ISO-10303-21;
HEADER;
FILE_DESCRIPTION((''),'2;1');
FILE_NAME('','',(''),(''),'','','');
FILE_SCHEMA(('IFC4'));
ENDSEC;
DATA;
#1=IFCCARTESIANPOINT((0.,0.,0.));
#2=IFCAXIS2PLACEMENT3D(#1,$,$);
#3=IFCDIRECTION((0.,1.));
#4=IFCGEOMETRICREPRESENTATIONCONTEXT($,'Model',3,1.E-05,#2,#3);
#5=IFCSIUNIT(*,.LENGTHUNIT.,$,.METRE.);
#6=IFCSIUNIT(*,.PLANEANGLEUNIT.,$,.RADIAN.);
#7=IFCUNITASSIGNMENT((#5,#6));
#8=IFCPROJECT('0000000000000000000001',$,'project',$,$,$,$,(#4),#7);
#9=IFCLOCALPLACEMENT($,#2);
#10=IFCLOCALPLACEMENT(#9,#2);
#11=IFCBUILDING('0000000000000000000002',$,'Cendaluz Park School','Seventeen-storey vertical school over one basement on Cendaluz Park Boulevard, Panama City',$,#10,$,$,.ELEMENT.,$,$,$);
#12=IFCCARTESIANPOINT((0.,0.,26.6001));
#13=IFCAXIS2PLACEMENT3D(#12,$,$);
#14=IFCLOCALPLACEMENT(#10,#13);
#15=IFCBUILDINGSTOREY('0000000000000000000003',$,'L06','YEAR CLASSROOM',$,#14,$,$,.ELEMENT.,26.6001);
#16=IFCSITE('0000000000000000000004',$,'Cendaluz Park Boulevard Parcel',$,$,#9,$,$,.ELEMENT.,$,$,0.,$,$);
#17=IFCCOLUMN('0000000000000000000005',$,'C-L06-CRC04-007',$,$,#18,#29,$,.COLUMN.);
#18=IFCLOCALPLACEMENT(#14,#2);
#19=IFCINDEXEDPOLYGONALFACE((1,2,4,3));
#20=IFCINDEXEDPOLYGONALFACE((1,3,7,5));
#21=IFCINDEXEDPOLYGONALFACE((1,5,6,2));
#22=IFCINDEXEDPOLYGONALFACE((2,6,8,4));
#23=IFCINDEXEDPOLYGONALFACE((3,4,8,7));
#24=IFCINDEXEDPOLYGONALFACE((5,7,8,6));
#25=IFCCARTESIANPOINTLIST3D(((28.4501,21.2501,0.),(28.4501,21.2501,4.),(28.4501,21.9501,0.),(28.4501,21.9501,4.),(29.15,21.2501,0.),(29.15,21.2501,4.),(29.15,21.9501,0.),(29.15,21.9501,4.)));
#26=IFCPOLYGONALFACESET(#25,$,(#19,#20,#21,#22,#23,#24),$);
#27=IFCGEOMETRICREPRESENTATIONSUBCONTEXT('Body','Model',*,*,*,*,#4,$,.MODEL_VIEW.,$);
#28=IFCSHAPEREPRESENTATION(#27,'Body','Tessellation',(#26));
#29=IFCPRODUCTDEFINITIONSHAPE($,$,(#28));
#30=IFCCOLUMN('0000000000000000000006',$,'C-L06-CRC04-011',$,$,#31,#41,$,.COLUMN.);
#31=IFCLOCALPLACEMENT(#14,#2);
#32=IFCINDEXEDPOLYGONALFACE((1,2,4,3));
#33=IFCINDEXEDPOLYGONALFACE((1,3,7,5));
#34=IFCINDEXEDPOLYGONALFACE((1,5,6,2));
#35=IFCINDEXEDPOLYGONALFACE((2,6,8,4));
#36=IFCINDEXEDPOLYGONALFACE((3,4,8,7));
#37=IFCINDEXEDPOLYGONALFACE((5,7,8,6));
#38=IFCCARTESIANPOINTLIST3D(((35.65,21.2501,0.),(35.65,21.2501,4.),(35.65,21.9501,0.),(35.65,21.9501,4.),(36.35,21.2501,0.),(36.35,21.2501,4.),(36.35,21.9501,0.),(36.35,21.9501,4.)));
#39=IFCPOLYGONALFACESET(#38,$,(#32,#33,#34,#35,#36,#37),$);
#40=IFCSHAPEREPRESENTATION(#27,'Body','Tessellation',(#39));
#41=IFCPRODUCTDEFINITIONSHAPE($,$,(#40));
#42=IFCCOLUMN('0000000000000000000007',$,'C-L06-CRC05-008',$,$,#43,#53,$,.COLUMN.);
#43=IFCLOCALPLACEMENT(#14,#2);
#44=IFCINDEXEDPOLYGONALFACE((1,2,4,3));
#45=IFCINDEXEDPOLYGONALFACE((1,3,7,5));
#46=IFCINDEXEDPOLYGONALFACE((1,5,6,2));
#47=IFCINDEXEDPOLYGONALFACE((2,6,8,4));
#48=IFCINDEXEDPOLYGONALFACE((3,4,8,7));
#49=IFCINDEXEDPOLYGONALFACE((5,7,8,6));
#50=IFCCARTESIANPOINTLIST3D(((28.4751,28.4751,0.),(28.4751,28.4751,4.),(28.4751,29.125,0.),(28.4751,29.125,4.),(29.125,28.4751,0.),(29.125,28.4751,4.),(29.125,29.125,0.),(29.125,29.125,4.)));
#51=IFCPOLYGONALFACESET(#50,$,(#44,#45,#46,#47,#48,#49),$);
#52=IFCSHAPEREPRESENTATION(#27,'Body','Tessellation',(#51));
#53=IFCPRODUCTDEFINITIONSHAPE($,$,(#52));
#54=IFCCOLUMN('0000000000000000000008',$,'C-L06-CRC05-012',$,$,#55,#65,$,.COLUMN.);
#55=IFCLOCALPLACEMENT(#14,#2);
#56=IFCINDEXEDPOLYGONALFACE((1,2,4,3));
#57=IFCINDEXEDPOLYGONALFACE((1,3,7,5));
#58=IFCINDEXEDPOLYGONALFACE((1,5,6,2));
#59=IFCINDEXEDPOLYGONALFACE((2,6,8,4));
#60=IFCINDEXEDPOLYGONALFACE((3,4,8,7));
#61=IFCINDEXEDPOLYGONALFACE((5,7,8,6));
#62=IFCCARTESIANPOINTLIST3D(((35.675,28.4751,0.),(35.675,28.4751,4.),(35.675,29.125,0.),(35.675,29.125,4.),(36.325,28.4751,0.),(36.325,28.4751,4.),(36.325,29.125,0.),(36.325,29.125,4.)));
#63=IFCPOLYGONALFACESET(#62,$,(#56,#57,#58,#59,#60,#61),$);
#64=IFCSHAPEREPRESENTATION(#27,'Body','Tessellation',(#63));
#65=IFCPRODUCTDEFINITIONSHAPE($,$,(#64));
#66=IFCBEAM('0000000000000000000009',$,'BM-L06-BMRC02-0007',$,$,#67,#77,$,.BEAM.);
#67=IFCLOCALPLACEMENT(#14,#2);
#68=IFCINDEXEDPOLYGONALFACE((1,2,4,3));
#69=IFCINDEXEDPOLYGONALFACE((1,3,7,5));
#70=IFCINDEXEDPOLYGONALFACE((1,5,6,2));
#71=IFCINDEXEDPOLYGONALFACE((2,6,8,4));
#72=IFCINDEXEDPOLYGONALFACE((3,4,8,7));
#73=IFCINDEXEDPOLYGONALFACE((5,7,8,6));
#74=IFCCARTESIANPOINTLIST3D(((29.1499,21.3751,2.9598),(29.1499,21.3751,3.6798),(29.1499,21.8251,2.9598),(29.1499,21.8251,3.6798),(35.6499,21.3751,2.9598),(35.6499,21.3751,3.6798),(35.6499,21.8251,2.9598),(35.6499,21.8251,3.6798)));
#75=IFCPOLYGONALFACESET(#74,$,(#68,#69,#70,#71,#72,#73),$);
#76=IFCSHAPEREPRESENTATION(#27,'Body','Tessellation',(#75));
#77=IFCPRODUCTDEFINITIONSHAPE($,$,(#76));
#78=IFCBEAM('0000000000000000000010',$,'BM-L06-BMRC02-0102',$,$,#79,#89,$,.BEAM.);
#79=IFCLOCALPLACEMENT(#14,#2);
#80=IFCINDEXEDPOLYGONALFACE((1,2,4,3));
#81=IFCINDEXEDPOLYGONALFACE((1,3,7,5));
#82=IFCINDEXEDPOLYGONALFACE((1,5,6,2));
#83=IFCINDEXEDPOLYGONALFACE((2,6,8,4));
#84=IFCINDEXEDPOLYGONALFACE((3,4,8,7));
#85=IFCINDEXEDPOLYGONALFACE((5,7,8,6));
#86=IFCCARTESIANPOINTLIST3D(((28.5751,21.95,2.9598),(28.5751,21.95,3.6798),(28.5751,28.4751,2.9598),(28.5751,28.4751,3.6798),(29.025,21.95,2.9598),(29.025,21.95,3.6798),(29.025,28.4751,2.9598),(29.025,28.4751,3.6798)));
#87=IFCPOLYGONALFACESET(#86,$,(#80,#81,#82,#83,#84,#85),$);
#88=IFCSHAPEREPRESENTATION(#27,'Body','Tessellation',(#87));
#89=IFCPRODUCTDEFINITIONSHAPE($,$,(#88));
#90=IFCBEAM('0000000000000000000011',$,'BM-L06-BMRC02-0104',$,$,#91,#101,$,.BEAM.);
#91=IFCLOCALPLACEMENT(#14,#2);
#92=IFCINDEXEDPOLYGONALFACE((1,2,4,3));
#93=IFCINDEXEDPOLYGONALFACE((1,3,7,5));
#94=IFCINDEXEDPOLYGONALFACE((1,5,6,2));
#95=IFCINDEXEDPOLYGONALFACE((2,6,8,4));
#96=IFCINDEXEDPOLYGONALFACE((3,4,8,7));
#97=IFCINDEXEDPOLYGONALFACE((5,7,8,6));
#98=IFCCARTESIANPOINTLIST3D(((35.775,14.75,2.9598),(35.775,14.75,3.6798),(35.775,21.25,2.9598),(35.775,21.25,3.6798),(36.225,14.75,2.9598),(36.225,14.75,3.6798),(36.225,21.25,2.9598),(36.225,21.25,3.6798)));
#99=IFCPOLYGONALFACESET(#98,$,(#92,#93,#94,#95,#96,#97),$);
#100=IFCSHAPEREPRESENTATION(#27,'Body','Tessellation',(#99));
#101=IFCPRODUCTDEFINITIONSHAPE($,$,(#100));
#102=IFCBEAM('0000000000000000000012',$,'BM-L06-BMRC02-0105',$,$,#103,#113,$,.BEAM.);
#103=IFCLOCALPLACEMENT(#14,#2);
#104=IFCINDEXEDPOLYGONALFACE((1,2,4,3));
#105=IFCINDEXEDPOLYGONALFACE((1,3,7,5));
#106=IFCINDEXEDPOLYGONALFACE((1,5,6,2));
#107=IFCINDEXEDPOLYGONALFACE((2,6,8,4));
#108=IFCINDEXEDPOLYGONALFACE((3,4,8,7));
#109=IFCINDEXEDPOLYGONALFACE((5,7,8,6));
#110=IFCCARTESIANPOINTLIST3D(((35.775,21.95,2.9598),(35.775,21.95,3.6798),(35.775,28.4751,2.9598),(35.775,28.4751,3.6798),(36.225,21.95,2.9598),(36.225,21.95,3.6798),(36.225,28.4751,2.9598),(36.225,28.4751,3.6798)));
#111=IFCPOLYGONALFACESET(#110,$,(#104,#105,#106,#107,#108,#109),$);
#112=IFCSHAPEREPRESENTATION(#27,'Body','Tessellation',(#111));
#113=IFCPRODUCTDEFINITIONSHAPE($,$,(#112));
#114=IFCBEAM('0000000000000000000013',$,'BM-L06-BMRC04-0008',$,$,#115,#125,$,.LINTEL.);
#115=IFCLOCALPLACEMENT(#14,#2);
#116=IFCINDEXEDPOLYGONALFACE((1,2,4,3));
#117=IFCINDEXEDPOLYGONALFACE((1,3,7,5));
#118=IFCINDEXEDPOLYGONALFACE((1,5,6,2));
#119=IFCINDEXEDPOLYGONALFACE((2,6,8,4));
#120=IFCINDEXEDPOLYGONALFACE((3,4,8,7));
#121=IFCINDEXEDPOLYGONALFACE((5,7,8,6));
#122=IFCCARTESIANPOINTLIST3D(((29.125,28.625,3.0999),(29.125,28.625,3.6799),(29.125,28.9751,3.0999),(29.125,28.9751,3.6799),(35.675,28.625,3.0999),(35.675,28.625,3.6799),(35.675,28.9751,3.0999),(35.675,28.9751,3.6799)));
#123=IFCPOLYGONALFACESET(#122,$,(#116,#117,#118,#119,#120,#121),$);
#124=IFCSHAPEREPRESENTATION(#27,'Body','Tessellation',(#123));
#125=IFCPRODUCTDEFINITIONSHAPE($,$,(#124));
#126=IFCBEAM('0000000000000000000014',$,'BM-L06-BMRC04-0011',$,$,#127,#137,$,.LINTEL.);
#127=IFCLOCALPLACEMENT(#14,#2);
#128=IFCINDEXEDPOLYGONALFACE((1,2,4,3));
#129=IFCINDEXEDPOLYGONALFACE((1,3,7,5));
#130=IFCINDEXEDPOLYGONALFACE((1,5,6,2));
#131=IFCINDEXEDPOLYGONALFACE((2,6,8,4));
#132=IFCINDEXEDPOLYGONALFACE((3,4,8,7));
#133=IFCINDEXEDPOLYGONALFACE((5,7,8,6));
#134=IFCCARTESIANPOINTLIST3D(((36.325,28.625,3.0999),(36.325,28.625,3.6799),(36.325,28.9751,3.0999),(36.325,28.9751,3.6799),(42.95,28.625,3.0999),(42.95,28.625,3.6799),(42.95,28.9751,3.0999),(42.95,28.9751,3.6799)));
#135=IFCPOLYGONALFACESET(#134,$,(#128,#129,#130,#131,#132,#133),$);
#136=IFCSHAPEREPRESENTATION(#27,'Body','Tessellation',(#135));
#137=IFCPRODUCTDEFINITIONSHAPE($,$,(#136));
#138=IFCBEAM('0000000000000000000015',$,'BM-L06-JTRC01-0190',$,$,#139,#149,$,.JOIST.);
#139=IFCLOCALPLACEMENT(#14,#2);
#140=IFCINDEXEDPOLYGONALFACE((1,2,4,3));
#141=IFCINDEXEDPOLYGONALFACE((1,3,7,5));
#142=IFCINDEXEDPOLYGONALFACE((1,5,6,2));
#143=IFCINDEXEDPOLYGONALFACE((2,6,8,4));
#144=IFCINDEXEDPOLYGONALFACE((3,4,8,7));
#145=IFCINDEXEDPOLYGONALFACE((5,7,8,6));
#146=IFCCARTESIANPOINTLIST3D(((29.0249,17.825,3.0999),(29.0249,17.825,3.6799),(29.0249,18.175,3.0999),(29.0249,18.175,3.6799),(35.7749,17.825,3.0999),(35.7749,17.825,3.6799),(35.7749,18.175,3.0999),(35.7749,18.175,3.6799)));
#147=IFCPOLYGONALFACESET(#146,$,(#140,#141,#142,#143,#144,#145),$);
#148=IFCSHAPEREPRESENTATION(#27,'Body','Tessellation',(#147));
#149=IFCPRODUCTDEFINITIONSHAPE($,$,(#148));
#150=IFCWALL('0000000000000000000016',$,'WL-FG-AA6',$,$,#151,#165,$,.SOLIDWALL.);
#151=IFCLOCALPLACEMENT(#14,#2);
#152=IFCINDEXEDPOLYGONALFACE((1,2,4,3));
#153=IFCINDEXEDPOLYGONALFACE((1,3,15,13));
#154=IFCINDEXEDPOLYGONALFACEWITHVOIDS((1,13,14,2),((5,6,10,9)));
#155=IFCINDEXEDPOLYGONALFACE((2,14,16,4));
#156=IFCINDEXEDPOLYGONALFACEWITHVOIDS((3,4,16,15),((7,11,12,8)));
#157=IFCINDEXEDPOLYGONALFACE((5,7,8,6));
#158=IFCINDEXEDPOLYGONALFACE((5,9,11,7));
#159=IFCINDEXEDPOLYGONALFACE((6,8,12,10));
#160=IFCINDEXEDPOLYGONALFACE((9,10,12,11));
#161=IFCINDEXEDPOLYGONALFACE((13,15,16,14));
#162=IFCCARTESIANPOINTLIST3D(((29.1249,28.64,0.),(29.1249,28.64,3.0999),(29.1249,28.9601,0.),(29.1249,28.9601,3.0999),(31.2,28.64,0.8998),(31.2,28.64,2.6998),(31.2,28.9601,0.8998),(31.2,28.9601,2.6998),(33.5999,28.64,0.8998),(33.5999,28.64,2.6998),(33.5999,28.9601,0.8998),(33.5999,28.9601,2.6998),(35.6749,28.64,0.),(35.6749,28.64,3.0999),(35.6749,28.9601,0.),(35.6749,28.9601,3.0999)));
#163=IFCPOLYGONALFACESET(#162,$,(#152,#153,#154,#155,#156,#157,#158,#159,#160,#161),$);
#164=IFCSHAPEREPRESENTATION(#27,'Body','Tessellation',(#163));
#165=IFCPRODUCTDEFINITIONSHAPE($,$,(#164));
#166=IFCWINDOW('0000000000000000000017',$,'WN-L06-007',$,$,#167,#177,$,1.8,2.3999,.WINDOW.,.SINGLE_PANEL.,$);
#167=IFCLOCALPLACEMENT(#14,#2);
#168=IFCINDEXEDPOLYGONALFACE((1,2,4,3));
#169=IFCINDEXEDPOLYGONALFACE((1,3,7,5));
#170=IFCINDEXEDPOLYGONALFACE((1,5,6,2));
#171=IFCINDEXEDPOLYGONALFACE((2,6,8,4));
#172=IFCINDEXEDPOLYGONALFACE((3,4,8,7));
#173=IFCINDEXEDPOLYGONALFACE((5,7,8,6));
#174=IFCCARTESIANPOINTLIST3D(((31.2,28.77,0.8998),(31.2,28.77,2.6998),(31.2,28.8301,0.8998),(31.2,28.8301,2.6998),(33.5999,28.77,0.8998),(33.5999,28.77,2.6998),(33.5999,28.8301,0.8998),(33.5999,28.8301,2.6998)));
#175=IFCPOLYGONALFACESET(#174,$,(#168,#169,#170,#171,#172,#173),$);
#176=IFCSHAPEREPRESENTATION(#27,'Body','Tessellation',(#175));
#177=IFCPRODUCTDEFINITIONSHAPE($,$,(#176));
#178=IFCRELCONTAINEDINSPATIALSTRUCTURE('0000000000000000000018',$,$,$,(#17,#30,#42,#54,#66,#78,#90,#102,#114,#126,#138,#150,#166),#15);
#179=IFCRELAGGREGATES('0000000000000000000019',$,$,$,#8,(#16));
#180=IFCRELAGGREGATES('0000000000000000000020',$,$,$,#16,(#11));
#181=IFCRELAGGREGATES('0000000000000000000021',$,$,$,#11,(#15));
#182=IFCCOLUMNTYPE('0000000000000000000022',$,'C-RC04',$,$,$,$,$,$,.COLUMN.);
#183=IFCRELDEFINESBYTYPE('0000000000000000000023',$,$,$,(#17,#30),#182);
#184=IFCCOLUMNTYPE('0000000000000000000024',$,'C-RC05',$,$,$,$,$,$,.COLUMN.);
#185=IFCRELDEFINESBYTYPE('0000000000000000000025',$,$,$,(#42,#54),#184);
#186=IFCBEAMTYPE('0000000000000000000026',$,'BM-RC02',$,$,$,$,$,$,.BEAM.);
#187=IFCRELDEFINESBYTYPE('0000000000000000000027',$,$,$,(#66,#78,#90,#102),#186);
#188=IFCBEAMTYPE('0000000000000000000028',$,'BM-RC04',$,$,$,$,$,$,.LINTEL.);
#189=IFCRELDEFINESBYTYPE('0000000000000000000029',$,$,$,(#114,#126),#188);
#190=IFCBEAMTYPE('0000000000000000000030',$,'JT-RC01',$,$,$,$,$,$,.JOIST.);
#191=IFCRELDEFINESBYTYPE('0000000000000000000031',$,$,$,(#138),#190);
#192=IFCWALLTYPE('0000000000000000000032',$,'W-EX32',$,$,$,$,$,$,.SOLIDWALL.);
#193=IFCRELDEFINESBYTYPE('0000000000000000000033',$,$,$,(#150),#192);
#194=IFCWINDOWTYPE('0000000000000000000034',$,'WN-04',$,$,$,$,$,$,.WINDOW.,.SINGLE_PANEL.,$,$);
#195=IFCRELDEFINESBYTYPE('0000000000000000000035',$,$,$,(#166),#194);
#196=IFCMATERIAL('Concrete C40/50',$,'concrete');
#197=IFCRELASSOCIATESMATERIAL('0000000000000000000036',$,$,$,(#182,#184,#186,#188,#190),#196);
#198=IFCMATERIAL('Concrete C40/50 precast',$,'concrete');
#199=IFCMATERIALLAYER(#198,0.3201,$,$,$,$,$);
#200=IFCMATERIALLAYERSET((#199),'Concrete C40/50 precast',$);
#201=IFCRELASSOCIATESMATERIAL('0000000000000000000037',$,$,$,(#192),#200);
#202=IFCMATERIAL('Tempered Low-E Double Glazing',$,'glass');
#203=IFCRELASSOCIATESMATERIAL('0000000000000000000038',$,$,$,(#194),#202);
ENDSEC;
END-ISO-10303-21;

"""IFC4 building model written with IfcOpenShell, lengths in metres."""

from ifc_helpers import new_model, si_unit, direction, frame, frame_2d, origin, origin_2d, place, context, subcontext, project, spatial, rectangle, extrude, material, layer, layer_set, material_profile, profile_set, type_object, element, fill, save


model = new_model("IFC4")

# Units and contexts
model_context = context("Model", 3, precision=1e-05, world=origin(), true_north=direction((0.0, 1.0)))
body_context = subcontext(model_context, "Body", "Model", "MODEL_VIEW")
ifc_project = project(units=[si_unit("LENGTHUNIT", "METRE"), si_unit("PLANEANGLEUNIT", "RADIAN")], contexts=[model_context])

# Site, building, storey
site_placement = place(None, origin())
site = spatial("IfcSite", under=ifc_project, at=site_placement, Name="Cendaluz Park Boulevard Parcel", CompositionType="ELEMENT", RefElevation=0.0)
building_placement = place(site_placement, origin())
building = spatial("IfcBuilding", under=site, at=building_placement, Name="Cendaluz Park School", Description="Seventeen-storey vertical school over one basement on Cendaluz Park Boulevard, Panama City", CompositionType="ELEMENT")
storey_placement = place(building_placement, frame((0.0, 0.0, 26.6001)))
storey = spatial("IfcBuildingStorey", under=building, at=storey_placement, Name="L06", Description="YEAR CLASSROOM", CompositionType="ELEMENT", Elevation=26.6001)

# Columns
ifc_material_1 = material(Name="Concrete C40/50", Category="concrete")
ifc_material_profile_1 = material_profile(ifc_material_1, rectangle(XDim=0.7, YDim=0.7, at=origin_2d()), Name="RC 700x700", Category="concrete")
ifc_profile_set_1 = profile_set([ifc_material_profile_1], Name="Concrete C40/50")
column_type_1 = type_object("IfcColumnType", Name="C-RC04", PredefinedType="COLUMN", material=ifc_profile_set_1)
for number, where, z_axis, x_axis, name in (
    (1, (28.8, 21.6001, 0.0), (0.0, 0.0, 1.0), (1.0, 0.0, 0.0), "C-L06-CRC04-007"),
    (2, (36.0, 21.6001, 0.0), (0.0, 0.0, 1.0), (1.0, 0.0, 0.0), "C-L06-CRC04-011"),
):
    element("IfcColumn", number, at=place(storey_placement, frame(where, z_axis=z_axis, x_axis=x_axis)), inside=storey, type_object=column_type_1, Name=name, PredefinedType="COLUMN", context=body_context, shape_type="SweptSolid", body=[
        extrude(rectangle(XDim=0.7, YDim=0.7, at=origin_2d()), origin(), (0.0, 0.0, 1.0), 4.0),
    ])
ifc_material_profile_2 = material_profile(ifc_material_1, rectangle(XDim=0.6499, YDim=0.6499, at=origin_2d()), Name="RC 650x650", Category="concrete")
ifc_profile_set_2 = profile_set([ifc_material_profile_2], Name="Concrete C40/50")
column_type_2 = type_object("IfcColumnType", Name="C-RC05", PredefinedType="COLUMN", material=ifc_profile_set_2)
for number, where, z_axis, x_axis, name in (
    (3, (28.8, 28.8, 0.0), (0.0, 0.0, 1.0), (1.0, 0.0, 0.0), "C-L06-CRC05-008"),
    (4, (36.0, 28.8, 0.0), (0.0, 0.0, 1.0), (1.0, 0.0, 0.0), "C-L06-CRC05-012"),
):
    element("IfcColumn", number, at=place(storey_placement, frame(where, z_axis=z_axis, x_axis=x_axis)), inside=storey, type_object=column_type_2, Name=name, PredefinedType="COLUMN", context=body_context, shape_type="SweptSolid", body=[
        extrude(rectangle(XDim=0.6499, YDim=0.6499, at=origin_2d()), origin(), (0.0, 0.0, 1.0), 4.0),
    ])

# Beams
ifc_material_profile_3 = material_profile(ifc_material_1, rectangle(XDim=0.45, YDim=0.72, at=origin_2d()), Name="RC 450x720", Category="concrete")
ifc_profile_set_3 = profile_set([ifc_material_profile_3], Name="Concrete C40/50")
beam_type_1 = type_object("IfcBeamType", Name="BM-RC02", PredefinedType="BEAM", material=ifc_profile_set_3)
beam_1_placement = place(storey_placement, frame((29.1499, 21.6001, 3.3198), z_axis=(1.0, 0.0, 0.0), x_axis=(0.0, 1.0, 0.0)))
element("IfcBeam", 5, at=beam_1_placement, inside=storey, type_object=beam_type_1, Name="BM-L06-BMRC02-0007", PredefinedType="BEAM", context=body_context, shape_type="SweptSolid", body=[
    extrude(rectangle(XDim=0.45, YDim=0.72, at=origin_2d()), origin(), (0.0, 0.0, 1.0), 6.5),
])
beam_2_placement = place(storey_placement, frame((28.8, 21.95, 3.3198), z_axis=(0.0, 1.0, 0.0), x_axis=(-1.0, 0.0, 0.0)))
element("IfcBeam", 6, at=beam_2_placement, inside=storey, type_object=beam_type_1, Name="BM-L06-BMRC02-0102", PredefinedType="BEAM", context=body_context, shape_type="SweptSolid", body=[
    extrude(rectangle(XDim=0.45, YDim=0.72, at=origin_2d()), origin(), (0.0, 0.0, 1.0), 6.5251),
])
beam_3_placement = place(storey_placement, frame((36.0, 14.75, 3.3198), z_axis=(0.0, 1.0, 0.0), x_axis=(-1.0, 0.0, 0.0)))
element("IfcBeam", 7, at=beam_3_placement, inside=storey, type_object=beam_type_1, Name="BM-L06-BMRC02-0104", PredefinedType="BEAM", context=body_context, shape_type="SweptSolid", body=[
    extrude(rectangle(XDim=0.45, YDim=0.72, at=origin_2d()), origin(), (0.0, 0.0, 1.0), 6.5),
])
beam_4_placement = place(storey_placement, frame((36.0, 21.95, 3.3198), z_axis=(0.0, 1.0, 0.0), x_axis=(-1.0, 0.0, 0.0)))
element("IfcBeam", 8, at=beam_4_placement, inside=storey, type_object=beam_type_1, Name="BM-L06-BMRC02-0105", PredefinedType="BEAM", context=body_context, shape_type="SweptSolid", body=[
    extrude(rectangle(XDim=0.45, YDim=0.72, at=origin_2d()), origin(), (0.0, 0.0, 1.0), 6.5251),
])
ifc_material_profile_4 = material_profile(ifc_material_1, rectangle(XDim=0.3501, YDim=0.5801, at=origin_2d()), Name="RC 350x580", Category="concrete")
ifc_profile_set_4 = profile_set([ifc_material_profile_4], Name="Concrete C40/50")
beam_type_2 = type_object("IfcBeamType", Name="BM-RC04", PredefinedType="LINTEL", material=ifc_profile_set_4)
beam_5_placement = place(storey_placement, frame((29.125, 28.8, 3.3899), z_axis=(1.0, 0.0, 0.0), x_axis=(0.0, 1.0, 0.0)))
element("IfcBeam", 9, at=beam_5_placement, inside=storey, type_object=beam_type_2, Name="BM-L06-BMRC04-0008", PredefinedType="LINTEL", context=body_context, shape_type="SweptSolid", body=[
    extrude(rectangle(XDim=0.3501, YDim=0.5801, at=origin_2d()), origin(), (0.0, 0.0, 1.0), 6.55),
])
beam_6_placement = place(storey_placement, frame((36.325, 28.8, 3.3899), z_axis=(1.0, 0.0, 0.0), x_axis=(0.0, 1.0, 0.0)))
element("IfcBeam", 10, at=beam_6_placement, inside=storey, type_object=beam_type_2, Name="BM-L06-BMRC04-0011", PredefinedType="LINTEL", context=body_context, shape_type="SweptSolid", body=[
    extrude(rectangle(XDim=0.3501, YDim=0.5801, at=origin_2d()), origin(), (0.0, 0.0, 1.0), 6.625),
])
ifc_material_profile_5 = material_profile(ifc_material_1, rectangle(XDim=0.3501, YDim=0.5801, at=origin_2d()), Name="RC 350x580", Category="concrete")
ifc_profile_set_5 = profile_set([ifc_material_profile_5], Name="Concrete C40/50")
beam_type_3 = type_object("IfcBeamType", Name="JT-RC01", PredefinedType="JOIST", material=ifc_profile_set_5)
beam_7_placement = place(storey_placement, frame((29.0249, 18.0, 3.3899), z_axis=(1.0, 0.0, 0.0), x_axis=(0.0, 1.0, 0.0)))
element("IfcBeam", 11, at=beam_7_placement, inside=storey, type_object=beam_type_3, Name="BM-L06-JTRC01-0190", PredefinedType="JOIST", context=body_context, shape_type="SweptSolid", body=[
    extrude(rectangle(XDim=0.3501, YDim=0.5801, at=origin_2d()), origin(), (0.0, 0.0, 1.0), 6.75),
])

# Wall, opening, window
ifc_material_2 = material(Name="Concrete C40/50 precast", Category="concrete")
ifc_layer_1 = layer(ifc_material_2, 0.3201)
ifc_layer_set_1 = layer_set([ifc_layer_1], Name="Concrete C40/50 precast")
wall_type_1 = type_object("IfcWallType", Name="W-EX32", PredefinedType="SOLIDWALL", material=ifc_layer_set_1)
wall_1_placement = place(storey_placement, frame((29.125, 28.8, 0.0), z_axis=(0.0, 0.0, 1.0), x_axis=(1.0, 0.0, 0.0)))
wall_1 = element("IfcWall", 12, at=wall_1_placement, inside=storey, type_object=wall_type_1, Name="WL-FG-AA6", PredefinedType="SOLIDWALL", context=body_context, shape_type="SweptSolid", body=[
    extrude(rectangle(XDim=6.55, YDim=0.3201, at=frame_2d((3.2749, 0.0))), origin(), (0.0, 0.0, 1.0), 3.0999),
])
opening_placement = place(wall_1_placement, frame((2.075, 0.0, 0.8999)))
opening = element("IfcOpeningElement", 13, at=opening_placement, cuts=wall_1, PredefinedType="OPENING", context=body_context, shape_type="SweptSolid", body=[
    extrude(rectangle(XDim=2.3999, YDim=1.8, at=frame_2d((1.2, 0.8999))), frame((0.0, 0.1721, 0.0), z_axis=(0.0, -1.0, 0.0), x_axis=(1.0, 0.0, 0.0)), (0.0, 0.0, 1.0), 0.344),
])
ifc_material_3 = material(Name="Tempered Low-E Double Glazing", Category="glass")
window_type = type_object("IfcWindowType", Name="WN-04", PartitioningType="SINGLE_PANEL", PredefinedType="WINDOW", material=ifc_material_3)
window_placement = place(opening_placement, origin())
window = element("IfcWindow", 14, at=window_placement, inside=storey, type_object=window_type, Name="WN-L06-007", OverallHeight=1.8, OverallWidth=2.3999, PartitioningType="SINGLE_PANEL", PredefinedType="WINDOW", context=body_context, shape_type="SweptSolid", body=[
    extrude(rectangle(XDim=2.3999, YDim=1.8, at=frame_2d((1.2, 0.8999))), frame((0.0, 0.03, 0.0), z_axis=(0.0, -1.0, 0.0), x_axis=(1.0, 0.0, 0.0)), (0.0, 0.0, 1.0), 0.0601),
])
fill(opening, window)

save(model, "model.ifc")
